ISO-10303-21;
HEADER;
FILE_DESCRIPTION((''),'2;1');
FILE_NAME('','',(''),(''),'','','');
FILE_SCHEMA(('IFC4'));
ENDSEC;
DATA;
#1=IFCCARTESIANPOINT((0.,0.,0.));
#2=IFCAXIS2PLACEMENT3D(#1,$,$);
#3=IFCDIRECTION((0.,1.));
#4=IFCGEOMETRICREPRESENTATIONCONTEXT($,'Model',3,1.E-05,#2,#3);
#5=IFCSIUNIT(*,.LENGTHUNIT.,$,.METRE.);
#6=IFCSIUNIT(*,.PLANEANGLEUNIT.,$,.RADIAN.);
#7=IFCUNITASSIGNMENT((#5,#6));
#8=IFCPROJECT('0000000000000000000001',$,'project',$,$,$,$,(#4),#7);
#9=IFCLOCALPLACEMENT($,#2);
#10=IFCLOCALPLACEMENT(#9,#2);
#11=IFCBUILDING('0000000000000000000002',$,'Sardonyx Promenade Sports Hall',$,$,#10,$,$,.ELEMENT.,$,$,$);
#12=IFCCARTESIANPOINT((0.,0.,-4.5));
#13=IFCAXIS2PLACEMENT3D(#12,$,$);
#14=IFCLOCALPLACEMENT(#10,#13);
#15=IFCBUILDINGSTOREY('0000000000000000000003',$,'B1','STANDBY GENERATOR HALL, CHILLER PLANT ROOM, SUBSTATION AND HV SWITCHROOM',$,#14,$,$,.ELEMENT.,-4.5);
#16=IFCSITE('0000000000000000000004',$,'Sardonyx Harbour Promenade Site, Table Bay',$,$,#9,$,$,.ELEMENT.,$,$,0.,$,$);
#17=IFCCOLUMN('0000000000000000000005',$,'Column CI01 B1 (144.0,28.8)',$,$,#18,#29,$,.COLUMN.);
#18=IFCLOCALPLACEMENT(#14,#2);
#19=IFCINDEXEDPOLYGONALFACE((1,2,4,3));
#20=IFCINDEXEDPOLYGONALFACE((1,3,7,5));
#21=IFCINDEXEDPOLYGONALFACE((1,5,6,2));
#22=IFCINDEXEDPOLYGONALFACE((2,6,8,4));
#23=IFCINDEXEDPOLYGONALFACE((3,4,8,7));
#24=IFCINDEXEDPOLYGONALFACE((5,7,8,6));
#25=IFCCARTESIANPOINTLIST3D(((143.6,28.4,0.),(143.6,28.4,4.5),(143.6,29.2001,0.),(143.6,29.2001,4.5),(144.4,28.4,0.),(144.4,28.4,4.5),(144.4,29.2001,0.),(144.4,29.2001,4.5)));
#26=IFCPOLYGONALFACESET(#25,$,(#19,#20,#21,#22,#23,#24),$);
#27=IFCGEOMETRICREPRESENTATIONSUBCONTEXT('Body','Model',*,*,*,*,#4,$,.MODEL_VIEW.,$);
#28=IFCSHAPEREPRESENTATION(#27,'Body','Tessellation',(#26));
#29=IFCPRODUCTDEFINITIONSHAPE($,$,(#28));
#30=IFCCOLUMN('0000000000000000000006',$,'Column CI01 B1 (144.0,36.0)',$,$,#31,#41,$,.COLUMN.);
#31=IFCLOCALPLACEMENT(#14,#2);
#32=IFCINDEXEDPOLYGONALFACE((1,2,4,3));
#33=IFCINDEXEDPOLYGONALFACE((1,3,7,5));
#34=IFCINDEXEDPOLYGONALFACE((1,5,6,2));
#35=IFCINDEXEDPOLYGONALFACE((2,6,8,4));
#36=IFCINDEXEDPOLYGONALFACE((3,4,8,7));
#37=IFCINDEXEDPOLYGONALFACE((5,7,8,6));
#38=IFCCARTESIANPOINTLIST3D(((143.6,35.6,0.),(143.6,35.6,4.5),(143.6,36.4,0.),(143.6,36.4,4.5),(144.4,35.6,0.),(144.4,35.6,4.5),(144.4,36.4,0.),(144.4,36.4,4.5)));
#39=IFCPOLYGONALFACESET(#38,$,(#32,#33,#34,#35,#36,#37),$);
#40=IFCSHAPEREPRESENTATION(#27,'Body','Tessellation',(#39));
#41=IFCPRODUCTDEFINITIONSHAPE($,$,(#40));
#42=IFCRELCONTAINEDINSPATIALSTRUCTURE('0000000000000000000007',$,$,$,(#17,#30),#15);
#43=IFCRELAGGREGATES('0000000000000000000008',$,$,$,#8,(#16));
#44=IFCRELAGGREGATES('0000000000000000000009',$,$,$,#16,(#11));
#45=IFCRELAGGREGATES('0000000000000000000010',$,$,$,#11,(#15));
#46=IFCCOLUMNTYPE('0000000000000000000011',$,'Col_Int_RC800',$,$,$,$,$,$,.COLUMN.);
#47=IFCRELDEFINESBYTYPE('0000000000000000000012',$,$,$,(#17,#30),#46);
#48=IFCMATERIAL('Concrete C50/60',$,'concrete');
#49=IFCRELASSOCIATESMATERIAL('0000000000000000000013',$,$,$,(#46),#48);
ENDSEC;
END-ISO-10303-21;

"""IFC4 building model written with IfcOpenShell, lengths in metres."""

from ifc_helpers import new_model, si_unit, direction, frame, origin, origin_2d, place, context, subcontext, project, spatial, rectangle, extrude, material, material_profile, profile_set, type_object, element, save


model = new_model("IFC4")

# Units and contexts
model_context = context("Model", 3, precision=1e-05, world=origin(), true_north=direction((0.0, 1.0)))
body_context = subcontext(model_context, "Body", "Model", "MODEL_VIEW")
ifc_project = project(units=[si_unit("LENGTHUNIT", "METRE"), si_unit("PLANEANGLEUNIT", "RADIAN")], contexts=[model_context])

# Site, building, storey
site_placement = place(None, origin())
site = spatial("IfcSite", under=ifc_project, at=site_placement, Name="Sardonyx Harbour Promenade Site, Table Bay", CompositionType="ELEMENT", RefElevation=0.0)
building_placement = place(site_placement, origin())
building = spatial("IfcBuilding", under=site, at=building_placement, Name="Sardonyx Promenade Sports Hall", CompositionType="ELEMENT")
storey_placement = place(building_placement, frame((0.0, 0.0, -4.5)))
storey = spatial("IfcBuildingStorey", under=building, at=storey_placement, Name="B1", Description="STANDBY GENERATOR HALL, CHILLER PLANT ROOM, SUBSTATION AND HV SWITCHROOM", CompositionType="ELEMENT", Elevation=-4.5)

# Columns
ifc_material_1 = material(Name="Concrete C50/60", Category="concrete")
ifc_material_profile_1 = material_profile(ifc_material_1, rectangle(XDim=0.8, YDim=0.8, at=origin_2d()))
ifc_profile_set_1 = profile_set([ifc_material_profile_1], Name="Concrete C50/60")
column_type = type_object("IfcColumnType", Name="Col_Int_RC800", PredefinedType="COLUMN", material=ifc_profile_set_1)
for number, where, z_axis, x_axis, name in (
    (1, (144.0, 28.8, 0.0), (0.0, 0.0, 1.0), (1.0, 0.0, 0.0), "Column CI01 B1 (144.0,28.8)"),
    (2, (144.0, 36.0, 0.0), (0.0, 0.0, 1.0), (1.0, 0.0, 0.0), "Column CI01 B1 (144.0,36.0)"),
):
    element("IfcColumn", number, at=place(storey_placement, frame(where, z_axis=z_axis, x_axis=x_axis)), inside=storey, type_object=column_type, Name=name, PredefinedType="COLUMN", context=body_context, shape_type="SweptSolid", body=[
        extrude(rectangle(XDim=0.8, YDim=0.8, at=origin_2d()), origin(), (0.0, 0.0, 1.0), 4.5),
    ])

save(model, "model.ifc")
